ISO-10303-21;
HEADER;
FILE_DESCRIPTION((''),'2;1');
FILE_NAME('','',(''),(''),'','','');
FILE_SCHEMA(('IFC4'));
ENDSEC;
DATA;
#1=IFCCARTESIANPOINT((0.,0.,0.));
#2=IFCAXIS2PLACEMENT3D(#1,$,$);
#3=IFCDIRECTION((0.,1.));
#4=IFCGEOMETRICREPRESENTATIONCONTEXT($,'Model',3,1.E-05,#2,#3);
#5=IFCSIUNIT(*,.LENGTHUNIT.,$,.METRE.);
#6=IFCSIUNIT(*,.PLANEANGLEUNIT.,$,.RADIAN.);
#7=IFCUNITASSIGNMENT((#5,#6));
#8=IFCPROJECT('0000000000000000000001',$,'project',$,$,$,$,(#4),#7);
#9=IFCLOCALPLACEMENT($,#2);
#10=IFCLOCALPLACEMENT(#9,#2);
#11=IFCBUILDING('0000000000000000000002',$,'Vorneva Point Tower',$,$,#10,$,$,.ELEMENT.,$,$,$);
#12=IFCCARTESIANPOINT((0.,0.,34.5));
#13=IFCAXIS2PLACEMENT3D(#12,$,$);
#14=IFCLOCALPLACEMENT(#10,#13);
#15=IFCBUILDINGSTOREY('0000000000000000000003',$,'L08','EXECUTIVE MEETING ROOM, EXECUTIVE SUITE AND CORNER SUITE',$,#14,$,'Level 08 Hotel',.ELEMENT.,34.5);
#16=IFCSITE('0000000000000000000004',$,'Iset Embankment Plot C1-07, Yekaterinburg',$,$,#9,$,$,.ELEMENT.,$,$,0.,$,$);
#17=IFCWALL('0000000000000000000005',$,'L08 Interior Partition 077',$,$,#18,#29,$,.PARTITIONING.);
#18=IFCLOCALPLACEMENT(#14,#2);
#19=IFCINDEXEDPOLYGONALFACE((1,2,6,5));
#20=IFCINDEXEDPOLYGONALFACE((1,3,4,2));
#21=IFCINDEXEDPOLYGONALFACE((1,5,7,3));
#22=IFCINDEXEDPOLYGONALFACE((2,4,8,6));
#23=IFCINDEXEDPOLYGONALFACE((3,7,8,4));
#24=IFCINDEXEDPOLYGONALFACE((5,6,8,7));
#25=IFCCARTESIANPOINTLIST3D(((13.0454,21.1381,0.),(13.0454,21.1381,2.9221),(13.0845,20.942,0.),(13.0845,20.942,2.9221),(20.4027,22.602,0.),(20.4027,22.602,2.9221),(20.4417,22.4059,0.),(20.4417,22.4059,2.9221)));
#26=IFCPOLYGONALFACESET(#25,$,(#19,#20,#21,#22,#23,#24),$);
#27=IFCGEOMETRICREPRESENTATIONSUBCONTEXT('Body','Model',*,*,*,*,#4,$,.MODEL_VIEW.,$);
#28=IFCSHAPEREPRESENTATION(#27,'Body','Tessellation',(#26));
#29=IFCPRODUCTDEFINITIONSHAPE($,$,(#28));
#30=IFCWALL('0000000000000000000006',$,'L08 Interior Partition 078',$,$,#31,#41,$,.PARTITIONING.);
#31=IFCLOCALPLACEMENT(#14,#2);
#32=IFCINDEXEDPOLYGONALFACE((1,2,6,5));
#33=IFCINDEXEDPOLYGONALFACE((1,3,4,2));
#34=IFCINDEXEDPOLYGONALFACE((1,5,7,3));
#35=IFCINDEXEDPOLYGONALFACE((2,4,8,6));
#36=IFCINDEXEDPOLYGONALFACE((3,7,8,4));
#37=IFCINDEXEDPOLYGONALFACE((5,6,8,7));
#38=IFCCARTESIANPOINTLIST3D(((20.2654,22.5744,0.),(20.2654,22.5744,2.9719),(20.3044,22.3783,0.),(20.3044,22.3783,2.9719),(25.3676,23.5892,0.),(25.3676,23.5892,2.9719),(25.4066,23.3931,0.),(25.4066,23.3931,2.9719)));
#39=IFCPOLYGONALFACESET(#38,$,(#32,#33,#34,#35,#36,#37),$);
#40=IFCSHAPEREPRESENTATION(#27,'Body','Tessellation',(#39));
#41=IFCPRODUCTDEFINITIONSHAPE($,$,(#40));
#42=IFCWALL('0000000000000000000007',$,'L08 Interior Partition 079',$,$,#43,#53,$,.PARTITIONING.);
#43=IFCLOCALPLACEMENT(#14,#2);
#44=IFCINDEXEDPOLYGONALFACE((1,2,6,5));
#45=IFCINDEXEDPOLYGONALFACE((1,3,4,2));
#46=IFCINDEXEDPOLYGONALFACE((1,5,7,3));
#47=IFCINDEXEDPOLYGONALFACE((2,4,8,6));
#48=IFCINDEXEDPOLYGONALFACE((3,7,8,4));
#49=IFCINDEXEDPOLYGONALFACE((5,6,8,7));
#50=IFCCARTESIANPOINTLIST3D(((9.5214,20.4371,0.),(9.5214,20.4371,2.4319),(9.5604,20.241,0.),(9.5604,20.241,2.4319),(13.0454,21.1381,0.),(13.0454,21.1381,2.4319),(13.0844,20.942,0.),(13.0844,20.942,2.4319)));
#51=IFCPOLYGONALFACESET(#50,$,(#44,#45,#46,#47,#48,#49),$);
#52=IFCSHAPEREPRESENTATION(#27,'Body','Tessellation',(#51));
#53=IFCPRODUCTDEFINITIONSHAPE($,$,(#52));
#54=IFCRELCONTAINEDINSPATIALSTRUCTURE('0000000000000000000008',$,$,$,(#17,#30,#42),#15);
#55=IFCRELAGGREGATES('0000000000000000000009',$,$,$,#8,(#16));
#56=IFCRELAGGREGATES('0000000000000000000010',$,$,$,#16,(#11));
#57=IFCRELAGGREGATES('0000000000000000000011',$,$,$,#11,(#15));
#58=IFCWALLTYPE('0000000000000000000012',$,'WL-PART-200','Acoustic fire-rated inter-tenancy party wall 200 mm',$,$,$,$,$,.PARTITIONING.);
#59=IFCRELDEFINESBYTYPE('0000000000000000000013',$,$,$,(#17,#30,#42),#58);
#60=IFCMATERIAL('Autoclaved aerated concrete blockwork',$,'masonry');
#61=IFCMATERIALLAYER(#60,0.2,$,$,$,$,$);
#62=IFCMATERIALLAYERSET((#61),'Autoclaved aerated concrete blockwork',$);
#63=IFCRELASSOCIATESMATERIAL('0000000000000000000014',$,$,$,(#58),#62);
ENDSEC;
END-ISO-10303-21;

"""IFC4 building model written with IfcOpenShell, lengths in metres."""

from ifc_helpers import new_model, si_unit, direction, frame, frame_2d, origin, place, context, subcontext, project, spatial, rectangle, extrude, material, layer, layer_set, type_object, element, save


model = new_model("IFC4")

# Units and contexts
model_context = context("Model", 3, precision=1e-05, world=origin(), true_north=direction((0.0, 1.0)))
body_context = subcontext(model_context, "Body", "Model", "MODEL_VIEW")
ifc_project = project(units=[si_unit("LENGTHUNIT", "METRE"), si_unit("PLANEANGLEUNIT", "RADIAN")], contexts=[model_context])

# Site, building, storey
site_placement = place(None, origin())
site = spatial("IfcSite", under=ifc_project, at=site_placement, Name="Iset Embankment Plot C1-07, Yekaterinburg", CompositionType="ELEMENT", RefElevation=0.0)
building_placement = place(site_placement, origin())
building = spatial("IfcBuilding", under=site, at=building_placement, Name="Vorneva Point Tower", CompositionType="ELEMENT")
storey_placement = place(building_placement, frame((0.0, 0.0, 34.5)))
storey = spatial("IfcBuildingStorey", under=building, at=storey_placement, Name="L08", Description="EXECUTIVE MEETING ROOM, EXECUTIVE SUITE AND CORNER SUITE", LongName="Level 08 Hotel", CompositionType="ELEMENT", Elevation=34.5)

# Walls
ifc_material_1 = material(Name="Autoclaved aerated concrete blockwork", Category="masonry")
ifc_layer_1 = layer(ifc_material_1, 0.2)
ifc_layer_set_1 = layer_set([ifc_layer_1], Name="Autoclaved aerated concrete blockwork")
wall_type_1 = type_object("IfcWallType", Name="WL-PART-200", Description="Acoustic fire-rated inter-tenancy party wall 200 mm", PredefinedType="PARTITIONING", material=ifc_layer_set_1)
wall_1_placement = place(storey_placement, frame((13.0649, 21.04, 0.0), z_axis=(0.0, 0.0, 1.0), x_axis=(0.980774, 0.195146, 0.0)))
element("IfcWall", 1, at=wall_1_placement, inside=storey, type_object=wall_type_1, Name="L08 Interior Partition 077", PredefinedType="PARTITIONING", context=body_context, shape_type="SweptSolid", body=[
    extrude(rectangle(XDim=7.5015, YDim=0.2, at=frame_2d((3.7507, 0.0))), origin(), (0.0, 0.0, 1.0), 2.9221),
])
wall_2_placement = place(storey_placement, frame((20.2849, 22.4763, 0.0), z_axis=(0.0, 0.0, 1.0), x_axis=(0.980786, 0.195087, 0.0)))
element("IfcWall", 2, at=wall_2_placement, inside=storey, type_object=wall_type_1, Name="L08 Interior Partition 078", PredefinedType="PARTITIONING", context=body_context, shape_type="SweptSolid", body=[
    extrude(rectangle(XDim=5.2021, YDim=0.2, at=frame_2d((2.6011, 0.0))), origin(), (0.0, 0.0, 1.0), 2.9719),
])
wall_3_placement = place(storey_placement, frame((9.541, 20.3391, 0.0), z_axis=(0.0, 0.0, 1.0), x_axis=(0.980787, 0.195084, 0.0)))
element("IfcWall", 3, at=wall_3_placement, inside=storey, type_object=wall_type_1, Name="L08 Interior Partition 079", PredefinedType="PARTITIONING", context=body_context, shape_type="SweptSolid", body=[
    extrude(rectangle(XDim=3.593, YDim=0.2, at=frame_2d((1.7964, 0.0))), origin(), (0.0, 0.0, 1.0), 2.4319),
])

save(model, "model.ifc")
